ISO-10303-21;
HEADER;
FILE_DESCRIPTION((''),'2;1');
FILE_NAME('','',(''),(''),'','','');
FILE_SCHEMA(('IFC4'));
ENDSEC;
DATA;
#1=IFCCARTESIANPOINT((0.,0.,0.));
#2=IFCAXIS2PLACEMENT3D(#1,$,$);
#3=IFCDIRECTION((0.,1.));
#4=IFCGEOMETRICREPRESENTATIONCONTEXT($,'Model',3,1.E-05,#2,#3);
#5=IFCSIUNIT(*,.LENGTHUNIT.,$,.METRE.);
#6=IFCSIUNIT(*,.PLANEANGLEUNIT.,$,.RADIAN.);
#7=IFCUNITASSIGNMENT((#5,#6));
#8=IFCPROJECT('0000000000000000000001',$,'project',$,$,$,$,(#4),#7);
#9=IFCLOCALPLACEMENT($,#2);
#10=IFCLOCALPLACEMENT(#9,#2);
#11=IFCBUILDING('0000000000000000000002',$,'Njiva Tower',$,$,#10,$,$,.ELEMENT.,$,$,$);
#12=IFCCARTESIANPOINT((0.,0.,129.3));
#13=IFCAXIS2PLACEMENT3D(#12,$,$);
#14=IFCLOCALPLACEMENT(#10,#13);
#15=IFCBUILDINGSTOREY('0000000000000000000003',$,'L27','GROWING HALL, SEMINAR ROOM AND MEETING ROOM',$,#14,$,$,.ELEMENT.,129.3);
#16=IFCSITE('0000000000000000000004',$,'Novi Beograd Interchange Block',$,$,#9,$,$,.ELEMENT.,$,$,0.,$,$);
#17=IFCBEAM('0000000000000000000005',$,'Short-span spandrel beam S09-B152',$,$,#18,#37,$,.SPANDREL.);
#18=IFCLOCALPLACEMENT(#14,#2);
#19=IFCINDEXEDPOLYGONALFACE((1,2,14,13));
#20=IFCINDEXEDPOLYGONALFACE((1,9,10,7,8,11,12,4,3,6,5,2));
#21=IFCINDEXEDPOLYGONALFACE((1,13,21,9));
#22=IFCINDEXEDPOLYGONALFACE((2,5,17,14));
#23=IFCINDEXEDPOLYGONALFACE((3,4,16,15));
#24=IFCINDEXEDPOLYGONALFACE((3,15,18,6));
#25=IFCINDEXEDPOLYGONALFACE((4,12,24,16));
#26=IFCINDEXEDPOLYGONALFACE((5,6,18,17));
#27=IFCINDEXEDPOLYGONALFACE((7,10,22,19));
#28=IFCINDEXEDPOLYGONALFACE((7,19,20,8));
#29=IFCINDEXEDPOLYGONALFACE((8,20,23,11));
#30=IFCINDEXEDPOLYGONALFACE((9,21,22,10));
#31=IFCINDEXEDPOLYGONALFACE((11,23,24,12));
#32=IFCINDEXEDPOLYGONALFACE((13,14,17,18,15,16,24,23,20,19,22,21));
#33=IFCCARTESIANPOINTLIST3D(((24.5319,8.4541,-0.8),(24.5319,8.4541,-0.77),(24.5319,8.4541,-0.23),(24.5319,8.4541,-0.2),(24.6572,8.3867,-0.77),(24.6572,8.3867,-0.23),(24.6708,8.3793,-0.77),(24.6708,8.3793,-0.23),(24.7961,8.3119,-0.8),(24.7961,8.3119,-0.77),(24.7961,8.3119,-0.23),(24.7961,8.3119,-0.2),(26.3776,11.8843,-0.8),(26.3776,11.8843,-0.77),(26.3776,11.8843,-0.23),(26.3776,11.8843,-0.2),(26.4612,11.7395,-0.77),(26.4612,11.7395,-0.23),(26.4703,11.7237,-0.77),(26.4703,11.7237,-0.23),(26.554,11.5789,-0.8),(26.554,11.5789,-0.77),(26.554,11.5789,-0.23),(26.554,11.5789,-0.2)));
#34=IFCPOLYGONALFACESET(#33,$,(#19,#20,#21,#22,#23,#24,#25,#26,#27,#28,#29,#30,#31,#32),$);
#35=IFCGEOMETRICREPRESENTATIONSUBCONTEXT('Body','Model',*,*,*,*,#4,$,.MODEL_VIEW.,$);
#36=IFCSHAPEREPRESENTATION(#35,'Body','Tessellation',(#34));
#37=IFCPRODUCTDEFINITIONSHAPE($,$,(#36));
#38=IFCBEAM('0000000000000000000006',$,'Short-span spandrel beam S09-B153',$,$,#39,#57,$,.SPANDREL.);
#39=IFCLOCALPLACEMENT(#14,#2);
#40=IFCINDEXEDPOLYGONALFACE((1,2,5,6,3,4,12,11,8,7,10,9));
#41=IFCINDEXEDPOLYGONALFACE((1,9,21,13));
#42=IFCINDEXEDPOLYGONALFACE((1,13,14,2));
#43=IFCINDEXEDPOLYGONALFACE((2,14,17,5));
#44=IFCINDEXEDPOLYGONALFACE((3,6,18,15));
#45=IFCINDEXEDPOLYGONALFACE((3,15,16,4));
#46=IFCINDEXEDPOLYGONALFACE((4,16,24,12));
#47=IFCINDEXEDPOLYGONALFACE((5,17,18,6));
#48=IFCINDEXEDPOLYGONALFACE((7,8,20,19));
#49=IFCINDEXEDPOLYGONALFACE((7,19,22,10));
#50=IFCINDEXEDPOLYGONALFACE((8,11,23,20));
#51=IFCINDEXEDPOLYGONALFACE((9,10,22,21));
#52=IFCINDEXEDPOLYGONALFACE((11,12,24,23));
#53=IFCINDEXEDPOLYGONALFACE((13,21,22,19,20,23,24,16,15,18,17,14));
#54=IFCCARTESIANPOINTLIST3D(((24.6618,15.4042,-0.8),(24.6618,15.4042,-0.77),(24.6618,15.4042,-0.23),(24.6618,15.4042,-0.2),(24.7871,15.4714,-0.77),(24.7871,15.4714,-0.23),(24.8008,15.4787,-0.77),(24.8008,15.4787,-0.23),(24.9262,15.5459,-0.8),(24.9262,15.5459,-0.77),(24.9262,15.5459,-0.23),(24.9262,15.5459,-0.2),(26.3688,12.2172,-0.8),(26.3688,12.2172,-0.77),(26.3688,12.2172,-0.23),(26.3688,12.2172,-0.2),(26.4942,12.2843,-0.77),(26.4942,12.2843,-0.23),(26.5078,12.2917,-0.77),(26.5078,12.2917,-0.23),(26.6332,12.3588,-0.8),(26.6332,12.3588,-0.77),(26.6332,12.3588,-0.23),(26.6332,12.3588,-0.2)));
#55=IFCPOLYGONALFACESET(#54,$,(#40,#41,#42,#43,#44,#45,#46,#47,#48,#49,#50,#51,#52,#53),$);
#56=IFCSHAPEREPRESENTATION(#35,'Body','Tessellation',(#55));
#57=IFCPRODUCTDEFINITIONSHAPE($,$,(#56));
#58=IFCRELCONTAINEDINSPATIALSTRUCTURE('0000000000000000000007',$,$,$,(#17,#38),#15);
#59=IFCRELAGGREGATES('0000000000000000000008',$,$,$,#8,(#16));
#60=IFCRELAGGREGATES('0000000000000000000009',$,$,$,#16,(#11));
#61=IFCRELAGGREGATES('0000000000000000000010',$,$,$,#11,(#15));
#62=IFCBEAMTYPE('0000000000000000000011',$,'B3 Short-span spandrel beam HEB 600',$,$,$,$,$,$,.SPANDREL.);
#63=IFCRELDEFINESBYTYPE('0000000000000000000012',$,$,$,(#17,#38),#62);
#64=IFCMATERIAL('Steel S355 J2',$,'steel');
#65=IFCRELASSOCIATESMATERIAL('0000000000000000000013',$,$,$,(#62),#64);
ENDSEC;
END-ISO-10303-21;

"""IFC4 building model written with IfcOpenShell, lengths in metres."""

from ifc_helpers import new_model, si_unit, direction, frame, origin, origin_2d, place, context, subcontext, project, spatial, i_section, extrude, clip, halfspace, material, material_profile, profile_set, type_object, element, save


model = new_model("IFC4")

# Units and contexts
model_context = context("Model", 3, precision=1e-05, world=origin(), true_north=direction((0.0, 1.0)))
body_context = subcontext(model_context, "Body", "Model", "MODEL_VIEW")
ifc_project = project(units=[si_unit("LENGTHUNIT", "METRE"), si_unit("PLANEANGLEUNIT", "RADIAN")], contexts=[model_context])

# Site, building, storey
site_placement = place(None, origin())
site = spatial("IfcSite", under=ifc_project, at=site_placement, Name="Novi Beograd Interchange Block", CompositionType="ELEMENT", RefElevation=0.0)
building_placement = place(site_placement, origin())
building = spatial("IfcBuilding", under=site, at=building_placement, Name="Njiva Tower", CompositionType="ELEMENT")
storey_placement = place(building_placement, frame((0.0, 0.0, 129.3)))
storey = spatial("IfcBuildingStorey", under=building, at=storey_placement, Name="L27", Description="GROWING HALL, SEMINAR ROOM AND MEETING ROOM", CompositionType="ELEMENT", Elevation=129.3)

# Shared definitions
ifc_material_1 = material(Name="Steel S355 J2", Category="steel")

# Beams
ifc_material_profile_1 = material_profile(ifc_material_1, i_section(OverallWidth=0.3, OverallDepth=0.6, WebThickness=0.0155, FlangeThickness=0.03, at=origin_2d()), Name="HEB 600")
ifc_profile_set_1 = profile_set([ifc_material_profile_1], Name="Steel S355 J2")
beam_type_1 = type_object("IfcBeamType", Name="B3 Short-span spandrel beam HEB 600", PredefinedType="SPANDREL", material=ifc_profile_set_1)
beam_1_placement = place(storey_placement, frame((24.664, 8.383, -0.5), z_axis=(0.473833, 0.880615, 0.0), x_axis=(-0.880615, 0.473833, 0.0)))
element("IfcBeam", 1, at=beam_1_placement, inside=storey, type_object=beam_type_1, Name="Short-span spandrel beam S09-B152", PredefinedType="SPANDREL", context=body_context, shape_type="Clipping", body=[
    clip(extrude(i_section(OverallWidth=0.3, OverallDepth=0.6, WebThickness=0.0155, FlangeThickness=0.03, at=origin_2d()), origin(), (0.0, 0.0, 1.0), 3.916), halfspace(frame((-0.026, 0.0, 3.7865), z_axis=(-0.52572, 0.0, 0.850658), x_axis=(0.0, 1.0, 0.0)), False)),
])
beam_2_placement = place(storey_placement, frame((26.501, 12.288, -0.5), z_axis=(-0.472152, 0.881517, 0.0), x_axis=(-0.881517, -0.472152, 0.0)))
element("IfcBeam", 2, at=beam_2_placement, inside=storey, type_object=beam_type_1, Name="Short-span spandrel beam S09-B153", PredefinedType="SPANDREL", context=body_context, shape_type="SweptSolid", body=[
    extrude(i_section(OverallWidth=0.3, OverallDepth=0.6, WebThickness=0.0155, FlangeThickness=0.03, at=origin_2d()), origin(), (0.0, 0.0, 1.0), 3.6154),
])

save(model, "model.ifc")
